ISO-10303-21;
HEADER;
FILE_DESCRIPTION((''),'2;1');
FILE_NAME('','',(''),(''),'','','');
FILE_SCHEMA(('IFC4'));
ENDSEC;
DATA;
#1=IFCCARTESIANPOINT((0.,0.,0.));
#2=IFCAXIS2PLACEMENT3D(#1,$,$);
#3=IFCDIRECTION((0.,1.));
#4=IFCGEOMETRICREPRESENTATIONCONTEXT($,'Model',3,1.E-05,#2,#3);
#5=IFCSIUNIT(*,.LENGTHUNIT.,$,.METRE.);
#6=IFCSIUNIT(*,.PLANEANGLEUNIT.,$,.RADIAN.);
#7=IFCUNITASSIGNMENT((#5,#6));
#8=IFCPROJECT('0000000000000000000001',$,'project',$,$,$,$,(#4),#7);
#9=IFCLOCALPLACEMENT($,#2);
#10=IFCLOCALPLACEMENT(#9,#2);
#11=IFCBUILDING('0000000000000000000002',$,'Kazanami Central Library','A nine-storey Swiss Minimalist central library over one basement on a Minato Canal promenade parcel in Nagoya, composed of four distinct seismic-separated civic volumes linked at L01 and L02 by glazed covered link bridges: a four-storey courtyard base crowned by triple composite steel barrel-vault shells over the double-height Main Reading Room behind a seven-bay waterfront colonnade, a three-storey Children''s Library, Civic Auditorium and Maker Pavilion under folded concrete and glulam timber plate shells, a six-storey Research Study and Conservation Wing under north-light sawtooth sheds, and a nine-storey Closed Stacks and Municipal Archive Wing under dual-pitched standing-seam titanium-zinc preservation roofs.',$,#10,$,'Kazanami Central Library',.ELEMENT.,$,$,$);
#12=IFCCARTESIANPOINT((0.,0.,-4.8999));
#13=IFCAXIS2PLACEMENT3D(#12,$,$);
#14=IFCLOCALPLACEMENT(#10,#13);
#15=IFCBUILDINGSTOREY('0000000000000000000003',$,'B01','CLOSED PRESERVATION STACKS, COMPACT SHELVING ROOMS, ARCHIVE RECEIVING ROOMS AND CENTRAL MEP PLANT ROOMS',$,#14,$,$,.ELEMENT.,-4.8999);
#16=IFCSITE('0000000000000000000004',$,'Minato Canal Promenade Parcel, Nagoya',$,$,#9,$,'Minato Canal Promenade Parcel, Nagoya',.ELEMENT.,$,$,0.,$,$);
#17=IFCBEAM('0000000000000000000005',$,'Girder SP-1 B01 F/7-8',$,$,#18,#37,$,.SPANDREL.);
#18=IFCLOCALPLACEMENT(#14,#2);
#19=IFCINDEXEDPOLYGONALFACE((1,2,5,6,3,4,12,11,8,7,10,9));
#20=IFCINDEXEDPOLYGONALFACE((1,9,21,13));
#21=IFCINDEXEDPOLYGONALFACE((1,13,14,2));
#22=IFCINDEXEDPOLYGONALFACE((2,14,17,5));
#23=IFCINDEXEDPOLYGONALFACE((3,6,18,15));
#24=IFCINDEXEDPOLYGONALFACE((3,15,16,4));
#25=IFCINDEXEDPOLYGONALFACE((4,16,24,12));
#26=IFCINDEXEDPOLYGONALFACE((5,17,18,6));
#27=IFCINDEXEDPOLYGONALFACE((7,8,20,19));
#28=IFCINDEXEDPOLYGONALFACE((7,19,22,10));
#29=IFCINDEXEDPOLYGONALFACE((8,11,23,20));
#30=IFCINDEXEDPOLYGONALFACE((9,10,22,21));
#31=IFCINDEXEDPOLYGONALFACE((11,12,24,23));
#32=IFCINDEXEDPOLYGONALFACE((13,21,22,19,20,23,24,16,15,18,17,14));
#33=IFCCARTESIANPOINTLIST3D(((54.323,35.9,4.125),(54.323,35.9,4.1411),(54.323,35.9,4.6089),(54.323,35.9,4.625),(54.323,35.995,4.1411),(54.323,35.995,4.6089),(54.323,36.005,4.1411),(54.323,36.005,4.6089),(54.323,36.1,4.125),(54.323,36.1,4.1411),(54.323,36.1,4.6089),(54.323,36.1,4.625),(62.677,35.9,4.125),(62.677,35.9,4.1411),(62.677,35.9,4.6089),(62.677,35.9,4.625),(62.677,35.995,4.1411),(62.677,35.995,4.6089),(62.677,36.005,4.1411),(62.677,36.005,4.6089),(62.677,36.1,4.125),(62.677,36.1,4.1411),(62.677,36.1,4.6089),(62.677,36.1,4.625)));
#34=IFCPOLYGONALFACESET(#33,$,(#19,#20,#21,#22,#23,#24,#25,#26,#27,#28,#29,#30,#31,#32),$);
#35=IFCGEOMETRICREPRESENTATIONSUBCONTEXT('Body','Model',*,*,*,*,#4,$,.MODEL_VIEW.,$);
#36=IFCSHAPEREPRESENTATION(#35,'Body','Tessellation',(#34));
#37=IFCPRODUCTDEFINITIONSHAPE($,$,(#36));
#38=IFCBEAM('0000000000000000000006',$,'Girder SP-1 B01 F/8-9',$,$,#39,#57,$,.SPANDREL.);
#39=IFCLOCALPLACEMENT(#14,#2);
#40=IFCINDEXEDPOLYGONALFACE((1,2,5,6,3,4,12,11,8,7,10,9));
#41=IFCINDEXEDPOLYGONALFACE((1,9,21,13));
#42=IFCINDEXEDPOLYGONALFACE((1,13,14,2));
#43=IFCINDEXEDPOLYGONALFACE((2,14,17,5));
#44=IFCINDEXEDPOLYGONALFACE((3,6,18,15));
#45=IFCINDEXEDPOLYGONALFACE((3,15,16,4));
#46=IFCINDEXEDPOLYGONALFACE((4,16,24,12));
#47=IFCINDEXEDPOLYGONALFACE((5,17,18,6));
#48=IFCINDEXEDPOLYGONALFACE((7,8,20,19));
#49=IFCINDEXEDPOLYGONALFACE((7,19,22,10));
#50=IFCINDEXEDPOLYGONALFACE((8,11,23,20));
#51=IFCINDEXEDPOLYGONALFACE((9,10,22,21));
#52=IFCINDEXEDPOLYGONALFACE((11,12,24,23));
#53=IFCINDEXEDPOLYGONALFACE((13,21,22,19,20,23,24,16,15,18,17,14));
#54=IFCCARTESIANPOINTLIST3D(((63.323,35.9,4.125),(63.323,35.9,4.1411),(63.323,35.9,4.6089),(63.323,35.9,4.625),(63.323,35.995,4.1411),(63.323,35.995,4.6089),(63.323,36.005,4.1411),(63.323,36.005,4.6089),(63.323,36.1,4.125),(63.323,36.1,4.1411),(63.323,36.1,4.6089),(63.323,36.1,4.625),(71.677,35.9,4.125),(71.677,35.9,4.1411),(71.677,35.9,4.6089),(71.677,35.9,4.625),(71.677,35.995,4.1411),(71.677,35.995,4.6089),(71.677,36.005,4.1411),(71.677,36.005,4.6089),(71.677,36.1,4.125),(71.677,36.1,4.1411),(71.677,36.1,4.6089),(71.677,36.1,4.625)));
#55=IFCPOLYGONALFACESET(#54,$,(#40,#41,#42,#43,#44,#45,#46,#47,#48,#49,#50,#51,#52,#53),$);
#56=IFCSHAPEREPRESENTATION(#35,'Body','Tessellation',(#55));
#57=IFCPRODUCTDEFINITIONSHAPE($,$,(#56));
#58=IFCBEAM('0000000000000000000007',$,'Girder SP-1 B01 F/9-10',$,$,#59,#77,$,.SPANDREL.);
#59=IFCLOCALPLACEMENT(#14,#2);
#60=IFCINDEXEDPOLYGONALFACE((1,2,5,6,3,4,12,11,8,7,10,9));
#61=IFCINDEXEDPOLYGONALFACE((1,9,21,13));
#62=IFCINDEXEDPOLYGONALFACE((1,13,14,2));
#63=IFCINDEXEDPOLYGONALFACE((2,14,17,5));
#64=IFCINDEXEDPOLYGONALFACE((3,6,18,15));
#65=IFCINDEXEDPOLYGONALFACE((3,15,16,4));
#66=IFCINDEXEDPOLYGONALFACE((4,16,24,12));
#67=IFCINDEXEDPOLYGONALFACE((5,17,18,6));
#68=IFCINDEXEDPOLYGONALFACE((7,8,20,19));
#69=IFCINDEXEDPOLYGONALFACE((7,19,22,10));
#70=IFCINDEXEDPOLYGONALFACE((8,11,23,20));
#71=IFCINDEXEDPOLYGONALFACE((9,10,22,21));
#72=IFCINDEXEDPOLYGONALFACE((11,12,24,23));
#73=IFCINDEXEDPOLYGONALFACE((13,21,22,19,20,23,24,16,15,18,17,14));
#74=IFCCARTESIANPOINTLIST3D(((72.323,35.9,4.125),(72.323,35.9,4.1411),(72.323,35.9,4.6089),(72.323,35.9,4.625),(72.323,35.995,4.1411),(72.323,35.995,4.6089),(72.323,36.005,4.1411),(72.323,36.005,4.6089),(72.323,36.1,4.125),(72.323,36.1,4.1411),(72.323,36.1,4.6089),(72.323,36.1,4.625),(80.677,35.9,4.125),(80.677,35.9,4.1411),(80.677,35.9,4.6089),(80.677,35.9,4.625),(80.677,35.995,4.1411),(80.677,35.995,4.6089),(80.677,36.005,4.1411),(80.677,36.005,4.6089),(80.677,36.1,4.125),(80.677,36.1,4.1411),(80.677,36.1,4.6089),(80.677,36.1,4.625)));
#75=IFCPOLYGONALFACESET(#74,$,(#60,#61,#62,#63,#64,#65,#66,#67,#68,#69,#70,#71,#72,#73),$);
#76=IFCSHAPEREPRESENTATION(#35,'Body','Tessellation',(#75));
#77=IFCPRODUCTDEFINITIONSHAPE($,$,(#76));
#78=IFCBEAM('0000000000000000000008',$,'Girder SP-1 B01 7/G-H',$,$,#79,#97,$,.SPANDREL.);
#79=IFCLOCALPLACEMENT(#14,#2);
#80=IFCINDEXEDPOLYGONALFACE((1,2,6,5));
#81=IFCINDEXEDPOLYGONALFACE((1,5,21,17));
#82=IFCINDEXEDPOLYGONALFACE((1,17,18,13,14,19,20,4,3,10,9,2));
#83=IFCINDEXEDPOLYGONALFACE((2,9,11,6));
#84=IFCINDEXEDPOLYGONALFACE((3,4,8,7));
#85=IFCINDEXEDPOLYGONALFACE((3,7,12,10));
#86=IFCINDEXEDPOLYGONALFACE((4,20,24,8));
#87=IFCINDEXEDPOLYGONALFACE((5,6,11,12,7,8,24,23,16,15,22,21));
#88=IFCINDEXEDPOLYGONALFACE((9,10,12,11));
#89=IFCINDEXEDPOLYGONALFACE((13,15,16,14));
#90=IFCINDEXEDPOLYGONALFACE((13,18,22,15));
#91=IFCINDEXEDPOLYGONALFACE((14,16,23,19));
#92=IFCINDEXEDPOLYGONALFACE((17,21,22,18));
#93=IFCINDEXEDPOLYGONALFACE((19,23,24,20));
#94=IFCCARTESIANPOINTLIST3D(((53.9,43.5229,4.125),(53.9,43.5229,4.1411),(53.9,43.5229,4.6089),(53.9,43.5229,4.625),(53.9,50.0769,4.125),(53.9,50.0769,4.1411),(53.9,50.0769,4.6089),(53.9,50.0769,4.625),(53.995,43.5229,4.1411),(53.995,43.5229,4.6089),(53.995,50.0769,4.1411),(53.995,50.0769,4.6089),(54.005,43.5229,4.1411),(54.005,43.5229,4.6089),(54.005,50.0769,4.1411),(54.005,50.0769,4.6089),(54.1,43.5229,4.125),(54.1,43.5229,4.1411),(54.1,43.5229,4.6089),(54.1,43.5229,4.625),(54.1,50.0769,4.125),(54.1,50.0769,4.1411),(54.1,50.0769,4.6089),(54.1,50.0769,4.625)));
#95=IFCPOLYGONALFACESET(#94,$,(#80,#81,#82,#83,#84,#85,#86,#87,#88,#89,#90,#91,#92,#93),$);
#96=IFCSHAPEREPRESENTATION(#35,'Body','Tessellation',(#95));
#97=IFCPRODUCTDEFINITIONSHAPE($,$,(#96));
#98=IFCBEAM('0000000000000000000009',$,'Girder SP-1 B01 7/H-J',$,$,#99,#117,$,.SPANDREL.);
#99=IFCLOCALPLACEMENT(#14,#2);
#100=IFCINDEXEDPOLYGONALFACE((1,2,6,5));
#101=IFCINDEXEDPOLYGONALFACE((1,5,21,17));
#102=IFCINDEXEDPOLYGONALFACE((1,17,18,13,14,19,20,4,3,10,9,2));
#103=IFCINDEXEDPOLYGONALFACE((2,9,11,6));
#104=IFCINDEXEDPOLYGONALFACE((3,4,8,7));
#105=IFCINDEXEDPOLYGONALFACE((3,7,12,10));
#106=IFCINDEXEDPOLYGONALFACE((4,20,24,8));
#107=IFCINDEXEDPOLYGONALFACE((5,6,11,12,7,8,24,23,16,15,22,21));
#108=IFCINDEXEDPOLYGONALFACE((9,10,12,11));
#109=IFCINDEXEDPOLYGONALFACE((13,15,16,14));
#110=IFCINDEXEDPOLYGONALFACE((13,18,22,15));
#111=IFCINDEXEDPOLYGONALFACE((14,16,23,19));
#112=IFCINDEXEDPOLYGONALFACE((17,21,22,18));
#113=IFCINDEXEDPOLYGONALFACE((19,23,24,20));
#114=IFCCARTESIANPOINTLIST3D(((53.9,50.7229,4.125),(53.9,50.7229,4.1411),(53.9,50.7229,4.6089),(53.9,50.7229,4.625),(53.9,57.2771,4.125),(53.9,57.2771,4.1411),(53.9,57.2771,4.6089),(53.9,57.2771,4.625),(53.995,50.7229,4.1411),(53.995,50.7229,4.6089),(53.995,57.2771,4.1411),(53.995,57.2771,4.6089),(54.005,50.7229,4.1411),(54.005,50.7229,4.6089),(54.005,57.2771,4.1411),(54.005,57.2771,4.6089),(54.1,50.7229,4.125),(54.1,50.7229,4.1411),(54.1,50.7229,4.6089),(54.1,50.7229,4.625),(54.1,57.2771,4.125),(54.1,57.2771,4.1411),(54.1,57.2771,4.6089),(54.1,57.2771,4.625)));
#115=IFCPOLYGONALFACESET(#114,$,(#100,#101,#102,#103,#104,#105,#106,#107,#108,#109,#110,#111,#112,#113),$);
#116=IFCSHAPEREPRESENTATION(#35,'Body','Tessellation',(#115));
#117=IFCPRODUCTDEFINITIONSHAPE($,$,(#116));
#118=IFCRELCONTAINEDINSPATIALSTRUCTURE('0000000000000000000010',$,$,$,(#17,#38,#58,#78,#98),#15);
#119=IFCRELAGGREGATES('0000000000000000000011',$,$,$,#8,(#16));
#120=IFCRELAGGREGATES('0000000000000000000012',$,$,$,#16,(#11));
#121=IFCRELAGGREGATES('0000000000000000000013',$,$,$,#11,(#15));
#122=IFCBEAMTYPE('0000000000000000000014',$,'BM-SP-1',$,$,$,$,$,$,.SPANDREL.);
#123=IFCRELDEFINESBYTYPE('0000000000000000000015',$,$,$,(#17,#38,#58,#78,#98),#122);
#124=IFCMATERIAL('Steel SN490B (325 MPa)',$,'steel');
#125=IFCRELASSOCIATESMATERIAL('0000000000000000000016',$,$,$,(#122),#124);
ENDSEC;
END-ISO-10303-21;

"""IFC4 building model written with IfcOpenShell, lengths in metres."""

from ifc_helpers import new_model, si_unit, direction, frame, origin, origin_2d, place, context, subcontext, project, spatial, i_section, extrude, material, material_profile, profile_set, type_object, element, save


model = new_model("IFC4")

# Units and contexts
model_context = context("Model", 3, precision=1e-05, world=origin(), true_north=direction((0.0, 1.0)))
body_context = subcontext(model_context, "Body", "Model", "MODEL_VIEW")
ifc_project = project(units=[si_unit("LENGTHUNIT", "METRE"), si_unit("PLANEANGLEUNIT", "RADIAN")], contexts=[model_context])

# Site, building, storey
site_placement = place(None, origin())
site = spatial("IfcSite", under=ifc_project, at=site_placement, Name="Minato Canal Promenade Parcel, Nagoya", LongName="Minato Canal Promenade Parcel, Nagoya", CompositionType="ELEMENT", RefElevation=0.0)
building_placement = place(site_placement, origin())
building = spatial("IfcBuilding", under=site, at=building_placement, Name="Kazanami Central Library", Description="A nine-storey Swiss Minimalist central library over one basement on a Minato Canal promenade parcel in Nagoya, composed of four distinct seismic-separated civic volumes linked at L01 and L02 by glazed covered link bridges: a four-storey courtyard base crowned by triple composite steel barrel-vault shells over the double-height Main Reading Room behind a seven-bay waterfront colonnade, a three-storey Children's Library, Civic Auditorium and Maker Pavilion under folded concrete and glulam timber plate shells, a six-storey Research Study and Conservation Wing under north-light sawtooth sheds, and a nine-storey Closed Stacks and Municipal Archive Wing under dual-pitched standing-seam titanium-zinc preservation roofs.", LongName="Kazanami Central Library", CompositionType="ELEMENT")
storey_placement = place(building_placement, frame((0.0, 0.0, -4.8999)))
storey = spatial("IfcBuildingStorey", under=building, at=storey_placement, Name="B01", Description="CLOSED PRESERVATION STACKS, COMPACT SHELVING ROOMS, ARCHIVE RECEIVING ROOMS AND CENTRAL MEP PLANT ROOMS", CompositionType="ELEMENT", Elevation=-4.8999)

# Beams
ifc_material_1 = material(Name="Steel SN490B (325 MPa)", Category="steel")
ifc_material_profile_1 = material_profile(ifc_material_1, i_section(OverallWidth=0.2, OverallDepth=0.5, WebThickness=0.01, FlangeThickness=0.0161, at=origin_2d()), Name="H-500x200x10x16")
ifc_profile_set_1 = profile_set([ifc_material_profile_1], Name="Steel SN490B (325 MPa)")
beam_type = type_object("IfcBeamType", Name="BM-SP-1", PredefinedType="SPANDREL", material=ifc_profile_set_1)
for number, where, z_axis, x_axis, name in (
    (1, (54.323, 36.0, 4.375), (1.0, 0.0, 0.0), (0.0, 1.0, 0.0), "Girder SP-1 B01 F/7-8"),
    (2, (63.323, 36.0, 4.375), (1.0, 0.0, 0.0), (0.0, 1.0, 0.0), "Girder SP-1 B01 F/8-9"),
    (3, (72.323, 36.0, 4.375), (1.0, 0.0, 0.0), (0.0, 1.0, 0.0), "Girder SP-1 B01 F/9-10"),
):
    element("IfcBeam", number, at=place(storey_placement, frame(where, z_axis=z_axis, x_axis=x_axis)), inside=storey, type_object=beam_type, Name=name, PredefinedType="SPANDREL", context=body_context, shape_type="SweptSolid", body=[
        extrude(i_section(OverallWidth=0.2, OverallDepth=0.5, WebThickness=0.01, FlangeThickness=0.0161, at=origin_2d()), origin(), (0.0, 0.0, 1.0), 8.354),
    ])
beam_1_placement = place(storey_placement, frame((54.0, 43.5229, 4.375), z_axis=(0.0, 1.0, 0.0), x_axis=(-1.0, 0.0, 0.0)))
element("IfcBeam", 4, at=beam_1_placement, inside=storey, type_object=beam_type, Name="Girder SP-1 B01 7/G-H", PredefinedType="SPANDREL", context=body_context, shape_type="SweptSolid", body=[
    extrude(i_section(OverallWidth=0.2, OverallDepth=0.5, WebThickness=0.01, FlangeThickness=0.0161, at=origin_2d()), origin(), (0.0, 0.0, 1.0), 6.554),
])
beam_2_placement = place(storey_placement, frame((54.0, 50.7229, 4.375), z_axis=(0.0, 1.0, 0.0), x_axis=(-1.0, 0.0, 0.0)))
element("IfcBeam", 5, at=beam_2_placement, inside=storey, type_object=beam_type, Name="Girder SP-1 B01 7/H-J", PredefinedType="SPANDREL", context=body_context, shape_type="SweptSolid", body=[
    extrude(i_section(OverallWidth=0.2, OverallDepth=0.5, WebThickness=0.01, FlangeThickness=0.0161, at=origin_2d()), origin(), (0.0, 0.0, 1.0), 6.5542),
])

save(model, "model.ifc")
